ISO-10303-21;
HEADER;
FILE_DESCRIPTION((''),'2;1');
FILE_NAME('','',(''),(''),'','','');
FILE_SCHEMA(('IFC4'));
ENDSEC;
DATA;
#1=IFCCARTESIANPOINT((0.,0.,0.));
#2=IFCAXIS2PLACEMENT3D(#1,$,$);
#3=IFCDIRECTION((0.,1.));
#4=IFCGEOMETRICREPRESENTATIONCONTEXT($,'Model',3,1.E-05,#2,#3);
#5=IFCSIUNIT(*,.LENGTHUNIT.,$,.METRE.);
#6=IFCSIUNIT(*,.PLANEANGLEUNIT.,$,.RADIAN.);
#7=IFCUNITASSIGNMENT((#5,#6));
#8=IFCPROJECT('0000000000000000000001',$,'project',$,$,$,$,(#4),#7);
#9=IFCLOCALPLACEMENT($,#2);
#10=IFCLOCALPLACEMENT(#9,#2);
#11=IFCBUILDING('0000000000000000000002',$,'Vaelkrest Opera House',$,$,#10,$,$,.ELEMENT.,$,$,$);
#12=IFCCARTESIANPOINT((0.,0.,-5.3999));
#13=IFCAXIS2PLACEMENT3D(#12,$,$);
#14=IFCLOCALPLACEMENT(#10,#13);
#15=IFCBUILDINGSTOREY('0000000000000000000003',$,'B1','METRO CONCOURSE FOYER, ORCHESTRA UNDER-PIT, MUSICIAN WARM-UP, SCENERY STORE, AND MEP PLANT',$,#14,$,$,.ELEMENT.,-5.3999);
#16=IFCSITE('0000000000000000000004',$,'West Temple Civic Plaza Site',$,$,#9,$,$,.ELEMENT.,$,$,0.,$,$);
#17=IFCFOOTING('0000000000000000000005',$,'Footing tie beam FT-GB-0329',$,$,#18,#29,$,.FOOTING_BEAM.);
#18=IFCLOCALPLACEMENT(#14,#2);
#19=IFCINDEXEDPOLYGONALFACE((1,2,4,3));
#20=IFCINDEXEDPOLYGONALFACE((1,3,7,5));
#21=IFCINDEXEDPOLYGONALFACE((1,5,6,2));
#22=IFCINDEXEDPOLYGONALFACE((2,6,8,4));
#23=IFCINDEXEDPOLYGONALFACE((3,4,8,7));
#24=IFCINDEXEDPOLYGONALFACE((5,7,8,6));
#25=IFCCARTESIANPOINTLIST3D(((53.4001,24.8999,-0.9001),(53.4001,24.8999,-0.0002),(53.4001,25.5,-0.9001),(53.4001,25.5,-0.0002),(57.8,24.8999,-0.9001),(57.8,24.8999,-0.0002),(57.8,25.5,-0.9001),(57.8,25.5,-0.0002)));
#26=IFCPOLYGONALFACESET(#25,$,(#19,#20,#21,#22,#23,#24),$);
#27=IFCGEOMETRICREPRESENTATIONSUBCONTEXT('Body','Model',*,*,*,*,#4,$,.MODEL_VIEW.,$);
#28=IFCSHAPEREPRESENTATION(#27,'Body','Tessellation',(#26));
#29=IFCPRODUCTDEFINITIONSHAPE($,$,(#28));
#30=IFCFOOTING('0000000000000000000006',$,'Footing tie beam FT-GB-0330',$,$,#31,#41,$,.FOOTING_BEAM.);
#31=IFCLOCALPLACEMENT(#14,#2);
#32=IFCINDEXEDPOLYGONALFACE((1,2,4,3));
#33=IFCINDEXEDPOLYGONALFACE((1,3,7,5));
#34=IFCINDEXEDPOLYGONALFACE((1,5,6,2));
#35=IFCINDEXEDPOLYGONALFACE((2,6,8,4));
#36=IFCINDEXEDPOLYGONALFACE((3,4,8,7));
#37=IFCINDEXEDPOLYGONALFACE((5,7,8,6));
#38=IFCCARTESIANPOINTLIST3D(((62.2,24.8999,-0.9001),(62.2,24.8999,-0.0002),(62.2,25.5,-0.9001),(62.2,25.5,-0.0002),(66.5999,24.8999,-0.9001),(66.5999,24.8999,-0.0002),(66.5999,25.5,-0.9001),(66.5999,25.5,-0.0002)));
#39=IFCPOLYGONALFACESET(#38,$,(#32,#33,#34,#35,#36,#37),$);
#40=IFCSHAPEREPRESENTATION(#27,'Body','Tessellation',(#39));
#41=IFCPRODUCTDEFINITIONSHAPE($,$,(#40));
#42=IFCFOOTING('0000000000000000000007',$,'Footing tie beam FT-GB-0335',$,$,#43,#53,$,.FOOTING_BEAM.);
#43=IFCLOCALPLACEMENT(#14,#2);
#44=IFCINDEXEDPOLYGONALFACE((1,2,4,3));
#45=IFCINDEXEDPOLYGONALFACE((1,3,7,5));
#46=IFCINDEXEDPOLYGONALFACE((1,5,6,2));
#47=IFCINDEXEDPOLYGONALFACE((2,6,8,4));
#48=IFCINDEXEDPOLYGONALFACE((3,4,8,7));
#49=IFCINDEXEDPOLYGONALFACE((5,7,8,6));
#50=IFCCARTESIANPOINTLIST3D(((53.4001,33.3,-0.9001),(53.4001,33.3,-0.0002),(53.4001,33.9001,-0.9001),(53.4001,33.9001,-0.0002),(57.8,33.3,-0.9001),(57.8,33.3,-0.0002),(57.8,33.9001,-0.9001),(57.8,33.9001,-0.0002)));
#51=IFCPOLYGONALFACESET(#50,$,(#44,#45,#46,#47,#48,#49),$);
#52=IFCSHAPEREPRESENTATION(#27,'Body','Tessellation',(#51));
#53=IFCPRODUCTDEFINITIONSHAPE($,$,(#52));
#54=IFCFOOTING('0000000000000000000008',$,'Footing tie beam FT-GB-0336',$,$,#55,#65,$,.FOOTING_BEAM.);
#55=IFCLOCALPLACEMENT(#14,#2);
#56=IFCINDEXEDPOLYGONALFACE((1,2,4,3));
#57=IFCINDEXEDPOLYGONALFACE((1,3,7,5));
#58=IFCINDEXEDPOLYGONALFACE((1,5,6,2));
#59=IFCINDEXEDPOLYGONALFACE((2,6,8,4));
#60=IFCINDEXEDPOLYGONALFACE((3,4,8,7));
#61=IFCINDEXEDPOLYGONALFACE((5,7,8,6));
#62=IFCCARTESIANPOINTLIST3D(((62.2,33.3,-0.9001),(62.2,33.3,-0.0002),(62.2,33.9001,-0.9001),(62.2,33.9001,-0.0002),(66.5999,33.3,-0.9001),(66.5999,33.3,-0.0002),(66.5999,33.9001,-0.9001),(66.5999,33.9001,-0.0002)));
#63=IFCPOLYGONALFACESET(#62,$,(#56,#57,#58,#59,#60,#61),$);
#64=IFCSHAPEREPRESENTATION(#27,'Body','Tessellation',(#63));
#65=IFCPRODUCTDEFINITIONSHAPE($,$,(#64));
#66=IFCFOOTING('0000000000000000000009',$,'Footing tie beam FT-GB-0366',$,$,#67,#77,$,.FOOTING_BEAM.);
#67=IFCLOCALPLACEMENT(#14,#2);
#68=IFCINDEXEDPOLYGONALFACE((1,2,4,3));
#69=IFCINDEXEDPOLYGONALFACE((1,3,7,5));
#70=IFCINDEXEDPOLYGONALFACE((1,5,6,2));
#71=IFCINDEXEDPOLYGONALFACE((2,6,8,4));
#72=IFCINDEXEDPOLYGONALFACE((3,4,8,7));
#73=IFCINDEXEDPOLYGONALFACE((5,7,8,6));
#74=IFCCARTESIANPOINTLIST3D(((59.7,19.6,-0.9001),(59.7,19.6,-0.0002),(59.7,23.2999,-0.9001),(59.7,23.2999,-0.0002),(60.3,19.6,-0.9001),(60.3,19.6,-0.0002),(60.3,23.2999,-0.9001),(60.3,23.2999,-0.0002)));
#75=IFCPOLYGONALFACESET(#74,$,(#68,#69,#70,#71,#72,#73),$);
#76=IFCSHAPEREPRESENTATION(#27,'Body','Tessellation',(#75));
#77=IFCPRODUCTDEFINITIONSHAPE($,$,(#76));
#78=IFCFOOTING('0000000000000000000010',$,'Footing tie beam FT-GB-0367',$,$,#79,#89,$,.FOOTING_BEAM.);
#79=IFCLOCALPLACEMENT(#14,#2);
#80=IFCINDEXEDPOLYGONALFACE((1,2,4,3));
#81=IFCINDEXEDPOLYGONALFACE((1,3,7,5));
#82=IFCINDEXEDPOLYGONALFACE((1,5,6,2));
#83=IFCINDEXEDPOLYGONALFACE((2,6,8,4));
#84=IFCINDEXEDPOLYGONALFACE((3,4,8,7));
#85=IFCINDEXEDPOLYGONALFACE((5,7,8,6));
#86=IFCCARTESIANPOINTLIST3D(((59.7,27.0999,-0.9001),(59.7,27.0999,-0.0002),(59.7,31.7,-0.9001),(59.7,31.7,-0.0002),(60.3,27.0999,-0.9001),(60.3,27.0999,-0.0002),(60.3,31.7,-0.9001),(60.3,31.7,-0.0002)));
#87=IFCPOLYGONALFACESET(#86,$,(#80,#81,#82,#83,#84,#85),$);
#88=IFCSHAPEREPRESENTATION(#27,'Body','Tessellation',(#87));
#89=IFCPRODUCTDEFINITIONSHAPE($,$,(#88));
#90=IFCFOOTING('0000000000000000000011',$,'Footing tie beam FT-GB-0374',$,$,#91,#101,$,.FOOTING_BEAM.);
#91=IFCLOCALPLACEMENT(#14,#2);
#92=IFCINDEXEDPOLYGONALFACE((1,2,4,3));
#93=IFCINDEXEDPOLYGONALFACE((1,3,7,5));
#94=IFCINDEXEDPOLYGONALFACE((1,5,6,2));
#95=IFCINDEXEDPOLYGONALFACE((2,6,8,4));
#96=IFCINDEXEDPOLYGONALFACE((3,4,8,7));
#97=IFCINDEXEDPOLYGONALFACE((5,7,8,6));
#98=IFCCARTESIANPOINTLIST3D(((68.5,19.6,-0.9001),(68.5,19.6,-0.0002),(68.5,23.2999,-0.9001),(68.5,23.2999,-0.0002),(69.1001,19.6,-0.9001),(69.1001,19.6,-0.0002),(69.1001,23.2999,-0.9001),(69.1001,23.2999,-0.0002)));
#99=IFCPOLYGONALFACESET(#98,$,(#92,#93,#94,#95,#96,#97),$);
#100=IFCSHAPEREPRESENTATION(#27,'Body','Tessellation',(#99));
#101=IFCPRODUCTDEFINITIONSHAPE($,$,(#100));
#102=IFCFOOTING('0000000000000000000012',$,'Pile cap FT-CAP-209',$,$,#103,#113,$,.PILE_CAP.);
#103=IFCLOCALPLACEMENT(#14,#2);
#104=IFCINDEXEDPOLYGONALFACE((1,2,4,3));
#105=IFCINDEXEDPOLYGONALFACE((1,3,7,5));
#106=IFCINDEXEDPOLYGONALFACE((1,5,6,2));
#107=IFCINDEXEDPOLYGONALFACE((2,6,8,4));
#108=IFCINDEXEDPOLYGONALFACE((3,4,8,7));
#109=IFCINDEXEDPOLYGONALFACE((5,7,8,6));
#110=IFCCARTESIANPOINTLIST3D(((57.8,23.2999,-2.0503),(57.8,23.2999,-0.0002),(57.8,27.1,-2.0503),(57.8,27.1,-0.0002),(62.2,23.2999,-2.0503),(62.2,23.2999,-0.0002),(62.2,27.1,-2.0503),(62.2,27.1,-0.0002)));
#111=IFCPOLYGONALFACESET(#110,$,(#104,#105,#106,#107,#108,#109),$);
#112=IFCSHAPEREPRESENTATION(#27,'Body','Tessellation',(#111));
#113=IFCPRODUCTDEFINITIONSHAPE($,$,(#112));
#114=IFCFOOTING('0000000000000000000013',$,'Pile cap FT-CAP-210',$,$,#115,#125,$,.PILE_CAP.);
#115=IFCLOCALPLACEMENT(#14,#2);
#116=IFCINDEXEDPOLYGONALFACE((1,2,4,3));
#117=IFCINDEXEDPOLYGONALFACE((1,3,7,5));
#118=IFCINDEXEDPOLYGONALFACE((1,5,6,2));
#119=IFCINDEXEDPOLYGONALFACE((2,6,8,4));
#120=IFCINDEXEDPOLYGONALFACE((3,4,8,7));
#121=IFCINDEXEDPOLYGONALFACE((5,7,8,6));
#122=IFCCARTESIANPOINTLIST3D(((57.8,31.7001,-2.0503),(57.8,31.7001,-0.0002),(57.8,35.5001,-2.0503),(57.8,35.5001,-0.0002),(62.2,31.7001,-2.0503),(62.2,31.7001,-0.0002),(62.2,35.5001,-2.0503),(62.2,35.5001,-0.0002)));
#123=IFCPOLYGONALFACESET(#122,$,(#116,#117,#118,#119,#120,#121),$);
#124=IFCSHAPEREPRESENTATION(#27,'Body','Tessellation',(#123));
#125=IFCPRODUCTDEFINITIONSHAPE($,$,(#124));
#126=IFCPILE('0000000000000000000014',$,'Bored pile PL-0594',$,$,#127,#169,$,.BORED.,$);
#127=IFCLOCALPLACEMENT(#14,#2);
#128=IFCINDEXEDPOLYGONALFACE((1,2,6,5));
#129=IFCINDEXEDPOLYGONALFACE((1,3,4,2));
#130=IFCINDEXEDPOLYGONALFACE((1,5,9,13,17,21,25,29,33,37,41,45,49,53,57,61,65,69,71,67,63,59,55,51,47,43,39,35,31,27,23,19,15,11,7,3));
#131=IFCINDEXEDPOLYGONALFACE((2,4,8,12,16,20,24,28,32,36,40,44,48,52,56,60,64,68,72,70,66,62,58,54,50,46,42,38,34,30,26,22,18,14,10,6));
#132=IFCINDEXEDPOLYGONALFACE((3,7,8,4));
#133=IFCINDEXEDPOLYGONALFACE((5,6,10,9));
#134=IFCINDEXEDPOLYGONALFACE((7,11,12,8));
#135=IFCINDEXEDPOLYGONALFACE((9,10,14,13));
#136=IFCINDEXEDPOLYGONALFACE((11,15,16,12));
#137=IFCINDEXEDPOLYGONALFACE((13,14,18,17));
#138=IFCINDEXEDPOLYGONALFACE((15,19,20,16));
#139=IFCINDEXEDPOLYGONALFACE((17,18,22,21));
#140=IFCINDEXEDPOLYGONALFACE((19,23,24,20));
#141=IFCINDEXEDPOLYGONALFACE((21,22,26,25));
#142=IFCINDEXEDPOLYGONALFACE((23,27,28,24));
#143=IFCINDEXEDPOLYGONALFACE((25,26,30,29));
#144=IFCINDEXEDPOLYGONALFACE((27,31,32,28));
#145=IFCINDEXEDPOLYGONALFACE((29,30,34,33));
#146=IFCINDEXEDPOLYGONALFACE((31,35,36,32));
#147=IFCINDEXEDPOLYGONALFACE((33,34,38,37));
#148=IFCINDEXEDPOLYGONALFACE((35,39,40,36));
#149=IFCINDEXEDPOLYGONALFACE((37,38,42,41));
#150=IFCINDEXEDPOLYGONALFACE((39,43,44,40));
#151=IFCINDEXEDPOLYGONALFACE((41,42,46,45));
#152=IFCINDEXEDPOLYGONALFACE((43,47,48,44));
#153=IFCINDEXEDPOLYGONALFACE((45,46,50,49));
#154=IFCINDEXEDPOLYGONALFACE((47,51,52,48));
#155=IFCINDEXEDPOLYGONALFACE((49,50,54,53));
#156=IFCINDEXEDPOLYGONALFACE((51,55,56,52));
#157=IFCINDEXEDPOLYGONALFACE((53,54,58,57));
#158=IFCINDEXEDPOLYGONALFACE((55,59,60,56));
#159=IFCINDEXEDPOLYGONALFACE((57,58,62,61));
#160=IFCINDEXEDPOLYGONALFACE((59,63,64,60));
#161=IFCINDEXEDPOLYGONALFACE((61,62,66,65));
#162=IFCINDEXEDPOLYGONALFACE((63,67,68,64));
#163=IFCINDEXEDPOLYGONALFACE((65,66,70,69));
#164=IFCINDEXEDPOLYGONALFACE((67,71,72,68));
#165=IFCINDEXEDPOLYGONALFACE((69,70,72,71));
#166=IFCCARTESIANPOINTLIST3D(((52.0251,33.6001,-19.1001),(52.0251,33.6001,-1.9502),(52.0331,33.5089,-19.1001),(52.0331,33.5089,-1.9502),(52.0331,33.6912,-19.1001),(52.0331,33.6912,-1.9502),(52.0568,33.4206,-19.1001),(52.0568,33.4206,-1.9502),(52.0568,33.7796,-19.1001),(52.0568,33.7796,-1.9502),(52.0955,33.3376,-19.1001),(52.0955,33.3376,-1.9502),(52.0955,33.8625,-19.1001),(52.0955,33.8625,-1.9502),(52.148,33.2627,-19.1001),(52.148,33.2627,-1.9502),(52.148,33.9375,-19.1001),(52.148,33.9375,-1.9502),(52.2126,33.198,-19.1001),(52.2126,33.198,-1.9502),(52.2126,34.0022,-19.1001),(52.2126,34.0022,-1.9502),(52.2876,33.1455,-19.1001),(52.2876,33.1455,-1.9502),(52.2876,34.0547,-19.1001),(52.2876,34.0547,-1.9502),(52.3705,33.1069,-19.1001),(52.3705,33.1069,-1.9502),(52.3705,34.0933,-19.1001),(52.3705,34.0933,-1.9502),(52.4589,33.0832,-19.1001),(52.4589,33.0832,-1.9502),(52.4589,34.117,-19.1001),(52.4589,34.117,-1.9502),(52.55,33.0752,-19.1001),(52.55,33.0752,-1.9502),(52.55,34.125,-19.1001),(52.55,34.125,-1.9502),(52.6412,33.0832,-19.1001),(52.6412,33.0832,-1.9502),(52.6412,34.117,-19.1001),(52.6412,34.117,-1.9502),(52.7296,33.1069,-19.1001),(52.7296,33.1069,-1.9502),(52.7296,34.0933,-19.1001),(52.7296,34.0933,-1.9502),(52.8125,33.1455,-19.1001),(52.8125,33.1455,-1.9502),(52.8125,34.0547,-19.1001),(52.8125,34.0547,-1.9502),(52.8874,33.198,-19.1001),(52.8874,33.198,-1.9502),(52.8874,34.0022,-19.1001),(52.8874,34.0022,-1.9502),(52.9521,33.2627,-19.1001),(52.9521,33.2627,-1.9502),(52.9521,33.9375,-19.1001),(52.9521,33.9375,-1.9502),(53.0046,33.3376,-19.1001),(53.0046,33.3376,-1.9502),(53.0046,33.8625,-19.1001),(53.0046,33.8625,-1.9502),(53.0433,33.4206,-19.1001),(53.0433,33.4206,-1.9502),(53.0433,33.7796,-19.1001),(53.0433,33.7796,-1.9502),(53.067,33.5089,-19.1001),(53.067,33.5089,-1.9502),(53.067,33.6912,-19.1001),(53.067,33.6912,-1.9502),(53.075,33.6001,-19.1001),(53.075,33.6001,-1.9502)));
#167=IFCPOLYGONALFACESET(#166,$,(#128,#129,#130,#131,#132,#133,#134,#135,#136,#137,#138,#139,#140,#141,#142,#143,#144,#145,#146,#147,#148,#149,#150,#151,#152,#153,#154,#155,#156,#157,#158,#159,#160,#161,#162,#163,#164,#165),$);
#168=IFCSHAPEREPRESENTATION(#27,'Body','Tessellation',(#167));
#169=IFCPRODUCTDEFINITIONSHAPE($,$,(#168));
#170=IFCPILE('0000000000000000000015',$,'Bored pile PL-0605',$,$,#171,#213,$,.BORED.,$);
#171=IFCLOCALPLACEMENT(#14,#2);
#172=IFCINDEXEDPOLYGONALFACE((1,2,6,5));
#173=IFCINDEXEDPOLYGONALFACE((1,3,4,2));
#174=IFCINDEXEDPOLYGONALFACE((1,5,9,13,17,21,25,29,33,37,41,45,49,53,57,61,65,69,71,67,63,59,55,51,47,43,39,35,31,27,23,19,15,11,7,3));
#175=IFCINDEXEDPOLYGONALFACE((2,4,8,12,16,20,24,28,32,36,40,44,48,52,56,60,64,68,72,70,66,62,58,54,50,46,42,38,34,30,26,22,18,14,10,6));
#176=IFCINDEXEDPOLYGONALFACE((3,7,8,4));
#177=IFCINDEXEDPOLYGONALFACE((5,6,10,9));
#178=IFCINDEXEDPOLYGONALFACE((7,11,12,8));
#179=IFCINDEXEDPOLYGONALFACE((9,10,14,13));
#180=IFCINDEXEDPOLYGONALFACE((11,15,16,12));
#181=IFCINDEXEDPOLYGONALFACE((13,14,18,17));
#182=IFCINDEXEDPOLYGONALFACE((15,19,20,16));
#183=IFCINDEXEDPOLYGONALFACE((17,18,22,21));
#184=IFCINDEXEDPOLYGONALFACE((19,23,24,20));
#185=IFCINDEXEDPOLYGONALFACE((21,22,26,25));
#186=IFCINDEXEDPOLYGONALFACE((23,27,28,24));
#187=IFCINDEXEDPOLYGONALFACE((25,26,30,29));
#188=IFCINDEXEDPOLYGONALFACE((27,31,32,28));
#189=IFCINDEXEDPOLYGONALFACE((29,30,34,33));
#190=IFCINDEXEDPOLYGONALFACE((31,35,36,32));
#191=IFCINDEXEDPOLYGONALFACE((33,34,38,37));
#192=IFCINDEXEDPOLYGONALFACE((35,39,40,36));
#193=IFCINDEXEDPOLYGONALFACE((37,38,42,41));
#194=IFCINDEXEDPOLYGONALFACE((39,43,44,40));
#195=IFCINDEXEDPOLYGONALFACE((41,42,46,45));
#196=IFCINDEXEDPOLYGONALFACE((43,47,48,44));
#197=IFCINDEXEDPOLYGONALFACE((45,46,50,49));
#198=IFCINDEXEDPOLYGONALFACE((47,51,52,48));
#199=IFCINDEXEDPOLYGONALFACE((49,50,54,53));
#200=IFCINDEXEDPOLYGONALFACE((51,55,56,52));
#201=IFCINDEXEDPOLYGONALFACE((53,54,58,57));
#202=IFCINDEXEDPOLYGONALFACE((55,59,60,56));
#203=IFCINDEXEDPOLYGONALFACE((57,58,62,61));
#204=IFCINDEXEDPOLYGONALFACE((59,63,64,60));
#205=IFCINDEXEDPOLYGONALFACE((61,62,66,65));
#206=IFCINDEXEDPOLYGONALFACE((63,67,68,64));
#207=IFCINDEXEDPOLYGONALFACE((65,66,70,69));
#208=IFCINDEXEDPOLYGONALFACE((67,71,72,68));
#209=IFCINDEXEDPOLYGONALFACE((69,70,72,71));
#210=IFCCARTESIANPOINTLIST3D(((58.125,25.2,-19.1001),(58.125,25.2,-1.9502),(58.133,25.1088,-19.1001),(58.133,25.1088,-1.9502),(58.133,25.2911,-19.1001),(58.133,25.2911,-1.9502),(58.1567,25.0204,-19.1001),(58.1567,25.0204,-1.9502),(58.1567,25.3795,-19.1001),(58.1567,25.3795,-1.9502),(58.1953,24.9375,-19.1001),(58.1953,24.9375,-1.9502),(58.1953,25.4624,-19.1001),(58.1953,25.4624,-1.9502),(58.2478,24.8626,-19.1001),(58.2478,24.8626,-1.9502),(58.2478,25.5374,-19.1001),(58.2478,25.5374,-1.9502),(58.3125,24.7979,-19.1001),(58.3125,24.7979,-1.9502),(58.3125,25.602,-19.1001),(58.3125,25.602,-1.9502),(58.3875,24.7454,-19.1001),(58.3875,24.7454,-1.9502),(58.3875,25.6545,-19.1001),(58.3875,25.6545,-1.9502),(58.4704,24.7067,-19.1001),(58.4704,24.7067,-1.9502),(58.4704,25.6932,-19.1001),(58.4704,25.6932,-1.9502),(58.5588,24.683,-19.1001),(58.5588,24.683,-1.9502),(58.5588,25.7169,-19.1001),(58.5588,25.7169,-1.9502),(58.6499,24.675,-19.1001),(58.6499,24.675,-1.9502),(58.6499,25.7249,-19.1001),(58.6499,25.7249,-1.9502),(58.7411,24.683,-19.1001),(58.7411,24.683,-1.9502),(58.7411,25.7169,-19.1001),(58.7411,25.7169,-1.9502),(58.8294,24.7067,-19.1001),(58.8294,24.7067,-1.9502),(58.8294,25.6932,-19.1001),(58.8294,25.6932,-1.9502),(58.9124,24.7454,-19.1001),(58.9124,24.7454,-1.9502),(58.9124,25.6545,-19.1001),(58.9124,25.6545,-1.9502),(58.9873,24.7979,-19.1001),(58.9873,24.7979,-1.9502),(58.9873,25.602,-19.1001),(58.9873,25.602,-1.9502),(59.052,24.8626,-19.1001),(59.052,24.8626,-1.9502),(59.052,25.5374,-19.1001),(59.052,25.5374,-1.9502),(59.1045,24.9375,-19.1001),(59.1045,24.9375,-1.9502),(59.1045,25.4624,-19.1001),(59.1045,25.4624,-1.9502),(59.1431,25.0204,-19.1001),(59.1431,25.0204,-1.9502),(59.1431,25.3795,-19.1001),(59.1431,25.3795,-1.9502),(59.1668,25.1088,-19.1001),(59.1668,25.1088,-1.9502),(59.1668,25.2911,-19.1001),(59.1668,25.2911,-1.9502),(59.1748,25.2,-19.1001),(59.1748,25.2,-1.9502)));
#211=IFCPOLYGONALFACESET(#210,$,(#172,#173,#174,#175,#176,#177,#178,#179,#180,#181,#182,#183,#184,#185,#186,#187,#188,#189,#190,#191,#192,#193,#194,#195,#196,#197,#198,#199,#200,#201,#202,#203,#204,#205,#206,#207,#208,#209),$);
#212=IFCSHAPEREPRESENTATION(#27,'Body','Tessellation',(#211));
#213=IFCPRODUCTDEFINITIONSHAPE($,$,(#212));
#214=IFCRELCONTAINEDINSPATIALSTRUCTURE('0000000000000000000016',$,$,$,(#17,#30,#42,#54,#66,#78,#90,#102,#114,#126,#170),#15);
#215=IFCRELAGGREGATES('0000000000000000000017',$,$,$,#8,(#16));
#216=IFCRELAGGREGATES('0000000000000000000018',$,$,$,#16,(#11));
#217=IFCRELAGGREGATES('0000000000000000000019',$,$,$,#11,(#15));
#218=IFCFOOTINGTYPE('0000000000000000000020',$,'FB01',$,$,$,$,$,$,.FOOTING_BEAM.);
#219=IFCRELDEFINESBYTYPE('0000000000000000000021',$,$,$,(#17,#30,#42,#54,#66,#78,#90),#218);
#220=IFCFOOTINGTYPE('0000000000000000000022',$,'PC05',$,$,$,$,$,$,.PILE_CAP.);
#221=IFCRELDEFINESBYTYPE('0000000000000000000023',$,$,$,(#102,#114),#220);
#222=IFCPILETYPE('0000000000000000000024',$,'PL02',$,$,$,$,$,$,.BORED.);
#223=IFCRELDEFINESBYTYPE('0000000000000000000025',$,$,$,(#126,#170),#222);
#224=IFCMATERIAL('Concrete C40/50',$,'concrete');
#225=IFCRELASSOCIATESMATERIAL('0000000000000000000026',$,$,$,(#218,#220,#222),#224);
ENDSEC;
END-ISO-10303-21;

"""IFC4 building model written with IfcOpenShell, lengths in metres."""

from ifc_helpers import new_model, si_unit, direction, frame, origin, origin_2d, place, context, subcontext, project, spatial, rectangle, circle, extrude, material, material_profile, profile_set, type_object, element, save


model = new_model("IFC4")

# Units and contexts
model_context = context("Model", 3, precision=1e-05, world=origin(), true_north=direction((0.0, 1.0)))
body_context = subcontext(model_context, "Body", "Model", "MODEL_VIEW")
ifc_project = project(units=[si_unit("LENGTHUNIT", "METRE"), si_unit("PLANEANGLEUNIT", "RADIAN")], contexts=[model_context])

# Site, building, storey
site_placement = place(None, origin())
site = spatial("IfcSite", under=ifc_project, at=site_placement, Name="West Temple Civic Plaza Site", CompositionType="ELEMENT", RefElevation=0.0)
building_placement = place(site_placement, origin())
building = spatial("IfcBuilding", under=site, at=building_placement, Name="Vaelkrest Opera House", CompositionType="ELEMENT")
storey_placement = place(building_placement, frame((0.0, 0.0, -5.3999)))
storey = spatial("IfcBuildingStorey", under=building, at=storey_placement, Name="B1", Description="METRO CONCOURSE FOYER, ORCHESTRA UNDER-PIT, MUSICIAN WARM-UP, SCENERY STORE, AND MEP PLANT", CompositionType="ELEMENT", Elevation=-5.3999)

# Footings
ifc_material_1 = material(Name="Concrete C40/50", Category="concrete")
footing_type_1 = type_object("IfcFootingType", Name="FB01", PredefinedType="FOOTING_BEAM", material=ifc_material_1)
for number, where, z_axis, x_axis, name in (
    (1, (55.6001, 25.2, -0.9001), (0.0, 0.0, 1.0), (1.0, 0.0, 0.0), "Footing tie beam FT-GB-0329"),
    (2, (64.3999, 25.2, -0.9001), (0.0, 0.0, 1.0), (1.0, 0.0, 0.0), "Footing tie beam FT-GB-0330"),
    (3, (55.6001, 33.6001, -0.9001), (0.0, 0.0, 1.0), (1.0, 0.0, 0.0), "Footing tie beam FT-GB-0335"),
    (4, (64.3999, 33.6001, -0.9001), (0.0, 0.0, 1.0), (1.0, 0.0, 0.0), "Footing tie beam FT-GB-0336"),
):
    element("IfcFooting", number, at=place(storey_placement, frame(where, z_axis=z_axis, x_axis=x_axis)), inside=storey, type_object=footing_type_1, Name=name, PredefinedType="FOOTING_BEAM", context=body_context, shape_type="SweptSolid", body=[
        extrude(rectangle(XDim=4.3999, YDim=0.6001, at=origin_2d()), origin(), (0.0, 0.0, 1.0), 0.8999),
    ])
footing_1_placement = place(storey_placement, frame((60.0, 21.45, -0.9001), z_axis=(0.0, 0.0, 1.0), x_axis=(0.0, 1.0, 0.0)))
element("IfcFooting", 5, at=footing_1_placement, inside=storey, type_object=footing_type_1, Name="Footing tie beam FT-GB-0366", PredefinedType="FOOTING_BEAM", context=body_context, shape_type="SweptSolid", body=[
    extrude(rectangle(XDim=3.7, YDim=0.6001, at=origin_2d()), origin(), (0.0, 0.0, 1.0), 0.8999),
])
footing_2_placement = place(storey_placement, frame((60.0, 29.3999, -0.9001), z_axis=(0.0, 0.0, 1.0), x_axis=(0.0, 1.0, 0.0)))
element("IfcFooting", 6, at=footing_2_placement, inside=storey, type_object=footing_type_1, Name="Footing tie beam FT-GB-0367", PredefinedType="FOOTING_BEAM", context=body_context, shape_type="SweptSolid", body=[
    extrude(rectangle(XDim=4.6001, YDim=0.6001, at=origin_2d()), origin(), (0.0, 0.0, 1.0), 0.8999),
])
footing_3_placement = place(storey_placement, frame((68.8, 21.45, -0.9001), z_axis=(0.0, 0.0, 1.0), x_axis=(0.0, 1.0, 0.0)))
element("IfcFooting", 7, at=footing_3_placement, inside=storey, type_object=footing_type_1, Name="Footing tie beam FT-GB-0374", PredefinedType="FOOTING_BEAM", context=body_context, shape_type="SweptSolid", body=[
    extrude(rectangle(XDim=3.7, YDim=0.6001, at=origin_2d()), origin(), (0.0, 0.0, 1.0), 0.8999),
])
footing_type_2 = type_object("IfcFootingType", Name="PC05", PredefinedType="PILE_CAP", material=ifc_material_1)
for number, where, z_axis, x_axis, name in (
    (8, (60.0, 25.2, -2.0503), (0.0, 0.0, 1.0), (1.0, 0.0, 0.0), "Pile cap FT-CAP-209"),
    (9, (60.0, 33.6001, -2.0503), (0.0, 0.0, 1.0), (1.0, 0.0, 0.0), "Pile cap FT-CAP-210"),
):
    element("IfcFooting", number, at=place(storey_placement, frame(where, z_axis=z_axis, x_axis=x_axis)), inside=storey, type_object=footing_type_2, Name=name, PredefinedType="PILE_CAP", context=body_context, shape_type="SweptSolid", body=[
        extrude(rectangle(XDim=4.3999, YDim=3.8, at=origin_2d()), origin(), (0.0, 0.0, 1.0), 2.05),
    ])

# Piles
ifc_material_profile_1 = material_profile(ifc_material_1, circle(Radius=0.5249, at=origin_2d()), Name="PILE1050")
ifc_profile_set_1 = profile_set([ifc_material_profile_1], Name="Concrete C40/50")
pile_type = type_object("IfcPileType", Name="PL02", PredefinedType="BORED", material=ifc_profile_set_1)
for number, where, z_axis, x_axis, name in (
    (10, (52.55, 33.6001, -1.9502), (0.0, 0.0, -1.0), (1.0, 0.0, 0.0), "Bored pile PL-0594"),
    (11, (58.6499, 25.2, -1.9502), (0.0, 0.0, -1.0), (1.0, 0.0, 0.0), "Bored pile PL-0605"),
):
    element("IfcPile", number, at=place(storey_placement, frame(where, z_axis=z_axis, x_axis=x_axis)), inside=storey, type_object=pile_type, Name=name, PredefinedType="BORED", context=body_context, shape_type="SweptSolid", body=[
        extrude(circle(Radius=0.5249, at=origin_2d()), origin(), (0.0, 0.0, 1.0), 17.1499),
    ])

save(model, "model.ifc")
